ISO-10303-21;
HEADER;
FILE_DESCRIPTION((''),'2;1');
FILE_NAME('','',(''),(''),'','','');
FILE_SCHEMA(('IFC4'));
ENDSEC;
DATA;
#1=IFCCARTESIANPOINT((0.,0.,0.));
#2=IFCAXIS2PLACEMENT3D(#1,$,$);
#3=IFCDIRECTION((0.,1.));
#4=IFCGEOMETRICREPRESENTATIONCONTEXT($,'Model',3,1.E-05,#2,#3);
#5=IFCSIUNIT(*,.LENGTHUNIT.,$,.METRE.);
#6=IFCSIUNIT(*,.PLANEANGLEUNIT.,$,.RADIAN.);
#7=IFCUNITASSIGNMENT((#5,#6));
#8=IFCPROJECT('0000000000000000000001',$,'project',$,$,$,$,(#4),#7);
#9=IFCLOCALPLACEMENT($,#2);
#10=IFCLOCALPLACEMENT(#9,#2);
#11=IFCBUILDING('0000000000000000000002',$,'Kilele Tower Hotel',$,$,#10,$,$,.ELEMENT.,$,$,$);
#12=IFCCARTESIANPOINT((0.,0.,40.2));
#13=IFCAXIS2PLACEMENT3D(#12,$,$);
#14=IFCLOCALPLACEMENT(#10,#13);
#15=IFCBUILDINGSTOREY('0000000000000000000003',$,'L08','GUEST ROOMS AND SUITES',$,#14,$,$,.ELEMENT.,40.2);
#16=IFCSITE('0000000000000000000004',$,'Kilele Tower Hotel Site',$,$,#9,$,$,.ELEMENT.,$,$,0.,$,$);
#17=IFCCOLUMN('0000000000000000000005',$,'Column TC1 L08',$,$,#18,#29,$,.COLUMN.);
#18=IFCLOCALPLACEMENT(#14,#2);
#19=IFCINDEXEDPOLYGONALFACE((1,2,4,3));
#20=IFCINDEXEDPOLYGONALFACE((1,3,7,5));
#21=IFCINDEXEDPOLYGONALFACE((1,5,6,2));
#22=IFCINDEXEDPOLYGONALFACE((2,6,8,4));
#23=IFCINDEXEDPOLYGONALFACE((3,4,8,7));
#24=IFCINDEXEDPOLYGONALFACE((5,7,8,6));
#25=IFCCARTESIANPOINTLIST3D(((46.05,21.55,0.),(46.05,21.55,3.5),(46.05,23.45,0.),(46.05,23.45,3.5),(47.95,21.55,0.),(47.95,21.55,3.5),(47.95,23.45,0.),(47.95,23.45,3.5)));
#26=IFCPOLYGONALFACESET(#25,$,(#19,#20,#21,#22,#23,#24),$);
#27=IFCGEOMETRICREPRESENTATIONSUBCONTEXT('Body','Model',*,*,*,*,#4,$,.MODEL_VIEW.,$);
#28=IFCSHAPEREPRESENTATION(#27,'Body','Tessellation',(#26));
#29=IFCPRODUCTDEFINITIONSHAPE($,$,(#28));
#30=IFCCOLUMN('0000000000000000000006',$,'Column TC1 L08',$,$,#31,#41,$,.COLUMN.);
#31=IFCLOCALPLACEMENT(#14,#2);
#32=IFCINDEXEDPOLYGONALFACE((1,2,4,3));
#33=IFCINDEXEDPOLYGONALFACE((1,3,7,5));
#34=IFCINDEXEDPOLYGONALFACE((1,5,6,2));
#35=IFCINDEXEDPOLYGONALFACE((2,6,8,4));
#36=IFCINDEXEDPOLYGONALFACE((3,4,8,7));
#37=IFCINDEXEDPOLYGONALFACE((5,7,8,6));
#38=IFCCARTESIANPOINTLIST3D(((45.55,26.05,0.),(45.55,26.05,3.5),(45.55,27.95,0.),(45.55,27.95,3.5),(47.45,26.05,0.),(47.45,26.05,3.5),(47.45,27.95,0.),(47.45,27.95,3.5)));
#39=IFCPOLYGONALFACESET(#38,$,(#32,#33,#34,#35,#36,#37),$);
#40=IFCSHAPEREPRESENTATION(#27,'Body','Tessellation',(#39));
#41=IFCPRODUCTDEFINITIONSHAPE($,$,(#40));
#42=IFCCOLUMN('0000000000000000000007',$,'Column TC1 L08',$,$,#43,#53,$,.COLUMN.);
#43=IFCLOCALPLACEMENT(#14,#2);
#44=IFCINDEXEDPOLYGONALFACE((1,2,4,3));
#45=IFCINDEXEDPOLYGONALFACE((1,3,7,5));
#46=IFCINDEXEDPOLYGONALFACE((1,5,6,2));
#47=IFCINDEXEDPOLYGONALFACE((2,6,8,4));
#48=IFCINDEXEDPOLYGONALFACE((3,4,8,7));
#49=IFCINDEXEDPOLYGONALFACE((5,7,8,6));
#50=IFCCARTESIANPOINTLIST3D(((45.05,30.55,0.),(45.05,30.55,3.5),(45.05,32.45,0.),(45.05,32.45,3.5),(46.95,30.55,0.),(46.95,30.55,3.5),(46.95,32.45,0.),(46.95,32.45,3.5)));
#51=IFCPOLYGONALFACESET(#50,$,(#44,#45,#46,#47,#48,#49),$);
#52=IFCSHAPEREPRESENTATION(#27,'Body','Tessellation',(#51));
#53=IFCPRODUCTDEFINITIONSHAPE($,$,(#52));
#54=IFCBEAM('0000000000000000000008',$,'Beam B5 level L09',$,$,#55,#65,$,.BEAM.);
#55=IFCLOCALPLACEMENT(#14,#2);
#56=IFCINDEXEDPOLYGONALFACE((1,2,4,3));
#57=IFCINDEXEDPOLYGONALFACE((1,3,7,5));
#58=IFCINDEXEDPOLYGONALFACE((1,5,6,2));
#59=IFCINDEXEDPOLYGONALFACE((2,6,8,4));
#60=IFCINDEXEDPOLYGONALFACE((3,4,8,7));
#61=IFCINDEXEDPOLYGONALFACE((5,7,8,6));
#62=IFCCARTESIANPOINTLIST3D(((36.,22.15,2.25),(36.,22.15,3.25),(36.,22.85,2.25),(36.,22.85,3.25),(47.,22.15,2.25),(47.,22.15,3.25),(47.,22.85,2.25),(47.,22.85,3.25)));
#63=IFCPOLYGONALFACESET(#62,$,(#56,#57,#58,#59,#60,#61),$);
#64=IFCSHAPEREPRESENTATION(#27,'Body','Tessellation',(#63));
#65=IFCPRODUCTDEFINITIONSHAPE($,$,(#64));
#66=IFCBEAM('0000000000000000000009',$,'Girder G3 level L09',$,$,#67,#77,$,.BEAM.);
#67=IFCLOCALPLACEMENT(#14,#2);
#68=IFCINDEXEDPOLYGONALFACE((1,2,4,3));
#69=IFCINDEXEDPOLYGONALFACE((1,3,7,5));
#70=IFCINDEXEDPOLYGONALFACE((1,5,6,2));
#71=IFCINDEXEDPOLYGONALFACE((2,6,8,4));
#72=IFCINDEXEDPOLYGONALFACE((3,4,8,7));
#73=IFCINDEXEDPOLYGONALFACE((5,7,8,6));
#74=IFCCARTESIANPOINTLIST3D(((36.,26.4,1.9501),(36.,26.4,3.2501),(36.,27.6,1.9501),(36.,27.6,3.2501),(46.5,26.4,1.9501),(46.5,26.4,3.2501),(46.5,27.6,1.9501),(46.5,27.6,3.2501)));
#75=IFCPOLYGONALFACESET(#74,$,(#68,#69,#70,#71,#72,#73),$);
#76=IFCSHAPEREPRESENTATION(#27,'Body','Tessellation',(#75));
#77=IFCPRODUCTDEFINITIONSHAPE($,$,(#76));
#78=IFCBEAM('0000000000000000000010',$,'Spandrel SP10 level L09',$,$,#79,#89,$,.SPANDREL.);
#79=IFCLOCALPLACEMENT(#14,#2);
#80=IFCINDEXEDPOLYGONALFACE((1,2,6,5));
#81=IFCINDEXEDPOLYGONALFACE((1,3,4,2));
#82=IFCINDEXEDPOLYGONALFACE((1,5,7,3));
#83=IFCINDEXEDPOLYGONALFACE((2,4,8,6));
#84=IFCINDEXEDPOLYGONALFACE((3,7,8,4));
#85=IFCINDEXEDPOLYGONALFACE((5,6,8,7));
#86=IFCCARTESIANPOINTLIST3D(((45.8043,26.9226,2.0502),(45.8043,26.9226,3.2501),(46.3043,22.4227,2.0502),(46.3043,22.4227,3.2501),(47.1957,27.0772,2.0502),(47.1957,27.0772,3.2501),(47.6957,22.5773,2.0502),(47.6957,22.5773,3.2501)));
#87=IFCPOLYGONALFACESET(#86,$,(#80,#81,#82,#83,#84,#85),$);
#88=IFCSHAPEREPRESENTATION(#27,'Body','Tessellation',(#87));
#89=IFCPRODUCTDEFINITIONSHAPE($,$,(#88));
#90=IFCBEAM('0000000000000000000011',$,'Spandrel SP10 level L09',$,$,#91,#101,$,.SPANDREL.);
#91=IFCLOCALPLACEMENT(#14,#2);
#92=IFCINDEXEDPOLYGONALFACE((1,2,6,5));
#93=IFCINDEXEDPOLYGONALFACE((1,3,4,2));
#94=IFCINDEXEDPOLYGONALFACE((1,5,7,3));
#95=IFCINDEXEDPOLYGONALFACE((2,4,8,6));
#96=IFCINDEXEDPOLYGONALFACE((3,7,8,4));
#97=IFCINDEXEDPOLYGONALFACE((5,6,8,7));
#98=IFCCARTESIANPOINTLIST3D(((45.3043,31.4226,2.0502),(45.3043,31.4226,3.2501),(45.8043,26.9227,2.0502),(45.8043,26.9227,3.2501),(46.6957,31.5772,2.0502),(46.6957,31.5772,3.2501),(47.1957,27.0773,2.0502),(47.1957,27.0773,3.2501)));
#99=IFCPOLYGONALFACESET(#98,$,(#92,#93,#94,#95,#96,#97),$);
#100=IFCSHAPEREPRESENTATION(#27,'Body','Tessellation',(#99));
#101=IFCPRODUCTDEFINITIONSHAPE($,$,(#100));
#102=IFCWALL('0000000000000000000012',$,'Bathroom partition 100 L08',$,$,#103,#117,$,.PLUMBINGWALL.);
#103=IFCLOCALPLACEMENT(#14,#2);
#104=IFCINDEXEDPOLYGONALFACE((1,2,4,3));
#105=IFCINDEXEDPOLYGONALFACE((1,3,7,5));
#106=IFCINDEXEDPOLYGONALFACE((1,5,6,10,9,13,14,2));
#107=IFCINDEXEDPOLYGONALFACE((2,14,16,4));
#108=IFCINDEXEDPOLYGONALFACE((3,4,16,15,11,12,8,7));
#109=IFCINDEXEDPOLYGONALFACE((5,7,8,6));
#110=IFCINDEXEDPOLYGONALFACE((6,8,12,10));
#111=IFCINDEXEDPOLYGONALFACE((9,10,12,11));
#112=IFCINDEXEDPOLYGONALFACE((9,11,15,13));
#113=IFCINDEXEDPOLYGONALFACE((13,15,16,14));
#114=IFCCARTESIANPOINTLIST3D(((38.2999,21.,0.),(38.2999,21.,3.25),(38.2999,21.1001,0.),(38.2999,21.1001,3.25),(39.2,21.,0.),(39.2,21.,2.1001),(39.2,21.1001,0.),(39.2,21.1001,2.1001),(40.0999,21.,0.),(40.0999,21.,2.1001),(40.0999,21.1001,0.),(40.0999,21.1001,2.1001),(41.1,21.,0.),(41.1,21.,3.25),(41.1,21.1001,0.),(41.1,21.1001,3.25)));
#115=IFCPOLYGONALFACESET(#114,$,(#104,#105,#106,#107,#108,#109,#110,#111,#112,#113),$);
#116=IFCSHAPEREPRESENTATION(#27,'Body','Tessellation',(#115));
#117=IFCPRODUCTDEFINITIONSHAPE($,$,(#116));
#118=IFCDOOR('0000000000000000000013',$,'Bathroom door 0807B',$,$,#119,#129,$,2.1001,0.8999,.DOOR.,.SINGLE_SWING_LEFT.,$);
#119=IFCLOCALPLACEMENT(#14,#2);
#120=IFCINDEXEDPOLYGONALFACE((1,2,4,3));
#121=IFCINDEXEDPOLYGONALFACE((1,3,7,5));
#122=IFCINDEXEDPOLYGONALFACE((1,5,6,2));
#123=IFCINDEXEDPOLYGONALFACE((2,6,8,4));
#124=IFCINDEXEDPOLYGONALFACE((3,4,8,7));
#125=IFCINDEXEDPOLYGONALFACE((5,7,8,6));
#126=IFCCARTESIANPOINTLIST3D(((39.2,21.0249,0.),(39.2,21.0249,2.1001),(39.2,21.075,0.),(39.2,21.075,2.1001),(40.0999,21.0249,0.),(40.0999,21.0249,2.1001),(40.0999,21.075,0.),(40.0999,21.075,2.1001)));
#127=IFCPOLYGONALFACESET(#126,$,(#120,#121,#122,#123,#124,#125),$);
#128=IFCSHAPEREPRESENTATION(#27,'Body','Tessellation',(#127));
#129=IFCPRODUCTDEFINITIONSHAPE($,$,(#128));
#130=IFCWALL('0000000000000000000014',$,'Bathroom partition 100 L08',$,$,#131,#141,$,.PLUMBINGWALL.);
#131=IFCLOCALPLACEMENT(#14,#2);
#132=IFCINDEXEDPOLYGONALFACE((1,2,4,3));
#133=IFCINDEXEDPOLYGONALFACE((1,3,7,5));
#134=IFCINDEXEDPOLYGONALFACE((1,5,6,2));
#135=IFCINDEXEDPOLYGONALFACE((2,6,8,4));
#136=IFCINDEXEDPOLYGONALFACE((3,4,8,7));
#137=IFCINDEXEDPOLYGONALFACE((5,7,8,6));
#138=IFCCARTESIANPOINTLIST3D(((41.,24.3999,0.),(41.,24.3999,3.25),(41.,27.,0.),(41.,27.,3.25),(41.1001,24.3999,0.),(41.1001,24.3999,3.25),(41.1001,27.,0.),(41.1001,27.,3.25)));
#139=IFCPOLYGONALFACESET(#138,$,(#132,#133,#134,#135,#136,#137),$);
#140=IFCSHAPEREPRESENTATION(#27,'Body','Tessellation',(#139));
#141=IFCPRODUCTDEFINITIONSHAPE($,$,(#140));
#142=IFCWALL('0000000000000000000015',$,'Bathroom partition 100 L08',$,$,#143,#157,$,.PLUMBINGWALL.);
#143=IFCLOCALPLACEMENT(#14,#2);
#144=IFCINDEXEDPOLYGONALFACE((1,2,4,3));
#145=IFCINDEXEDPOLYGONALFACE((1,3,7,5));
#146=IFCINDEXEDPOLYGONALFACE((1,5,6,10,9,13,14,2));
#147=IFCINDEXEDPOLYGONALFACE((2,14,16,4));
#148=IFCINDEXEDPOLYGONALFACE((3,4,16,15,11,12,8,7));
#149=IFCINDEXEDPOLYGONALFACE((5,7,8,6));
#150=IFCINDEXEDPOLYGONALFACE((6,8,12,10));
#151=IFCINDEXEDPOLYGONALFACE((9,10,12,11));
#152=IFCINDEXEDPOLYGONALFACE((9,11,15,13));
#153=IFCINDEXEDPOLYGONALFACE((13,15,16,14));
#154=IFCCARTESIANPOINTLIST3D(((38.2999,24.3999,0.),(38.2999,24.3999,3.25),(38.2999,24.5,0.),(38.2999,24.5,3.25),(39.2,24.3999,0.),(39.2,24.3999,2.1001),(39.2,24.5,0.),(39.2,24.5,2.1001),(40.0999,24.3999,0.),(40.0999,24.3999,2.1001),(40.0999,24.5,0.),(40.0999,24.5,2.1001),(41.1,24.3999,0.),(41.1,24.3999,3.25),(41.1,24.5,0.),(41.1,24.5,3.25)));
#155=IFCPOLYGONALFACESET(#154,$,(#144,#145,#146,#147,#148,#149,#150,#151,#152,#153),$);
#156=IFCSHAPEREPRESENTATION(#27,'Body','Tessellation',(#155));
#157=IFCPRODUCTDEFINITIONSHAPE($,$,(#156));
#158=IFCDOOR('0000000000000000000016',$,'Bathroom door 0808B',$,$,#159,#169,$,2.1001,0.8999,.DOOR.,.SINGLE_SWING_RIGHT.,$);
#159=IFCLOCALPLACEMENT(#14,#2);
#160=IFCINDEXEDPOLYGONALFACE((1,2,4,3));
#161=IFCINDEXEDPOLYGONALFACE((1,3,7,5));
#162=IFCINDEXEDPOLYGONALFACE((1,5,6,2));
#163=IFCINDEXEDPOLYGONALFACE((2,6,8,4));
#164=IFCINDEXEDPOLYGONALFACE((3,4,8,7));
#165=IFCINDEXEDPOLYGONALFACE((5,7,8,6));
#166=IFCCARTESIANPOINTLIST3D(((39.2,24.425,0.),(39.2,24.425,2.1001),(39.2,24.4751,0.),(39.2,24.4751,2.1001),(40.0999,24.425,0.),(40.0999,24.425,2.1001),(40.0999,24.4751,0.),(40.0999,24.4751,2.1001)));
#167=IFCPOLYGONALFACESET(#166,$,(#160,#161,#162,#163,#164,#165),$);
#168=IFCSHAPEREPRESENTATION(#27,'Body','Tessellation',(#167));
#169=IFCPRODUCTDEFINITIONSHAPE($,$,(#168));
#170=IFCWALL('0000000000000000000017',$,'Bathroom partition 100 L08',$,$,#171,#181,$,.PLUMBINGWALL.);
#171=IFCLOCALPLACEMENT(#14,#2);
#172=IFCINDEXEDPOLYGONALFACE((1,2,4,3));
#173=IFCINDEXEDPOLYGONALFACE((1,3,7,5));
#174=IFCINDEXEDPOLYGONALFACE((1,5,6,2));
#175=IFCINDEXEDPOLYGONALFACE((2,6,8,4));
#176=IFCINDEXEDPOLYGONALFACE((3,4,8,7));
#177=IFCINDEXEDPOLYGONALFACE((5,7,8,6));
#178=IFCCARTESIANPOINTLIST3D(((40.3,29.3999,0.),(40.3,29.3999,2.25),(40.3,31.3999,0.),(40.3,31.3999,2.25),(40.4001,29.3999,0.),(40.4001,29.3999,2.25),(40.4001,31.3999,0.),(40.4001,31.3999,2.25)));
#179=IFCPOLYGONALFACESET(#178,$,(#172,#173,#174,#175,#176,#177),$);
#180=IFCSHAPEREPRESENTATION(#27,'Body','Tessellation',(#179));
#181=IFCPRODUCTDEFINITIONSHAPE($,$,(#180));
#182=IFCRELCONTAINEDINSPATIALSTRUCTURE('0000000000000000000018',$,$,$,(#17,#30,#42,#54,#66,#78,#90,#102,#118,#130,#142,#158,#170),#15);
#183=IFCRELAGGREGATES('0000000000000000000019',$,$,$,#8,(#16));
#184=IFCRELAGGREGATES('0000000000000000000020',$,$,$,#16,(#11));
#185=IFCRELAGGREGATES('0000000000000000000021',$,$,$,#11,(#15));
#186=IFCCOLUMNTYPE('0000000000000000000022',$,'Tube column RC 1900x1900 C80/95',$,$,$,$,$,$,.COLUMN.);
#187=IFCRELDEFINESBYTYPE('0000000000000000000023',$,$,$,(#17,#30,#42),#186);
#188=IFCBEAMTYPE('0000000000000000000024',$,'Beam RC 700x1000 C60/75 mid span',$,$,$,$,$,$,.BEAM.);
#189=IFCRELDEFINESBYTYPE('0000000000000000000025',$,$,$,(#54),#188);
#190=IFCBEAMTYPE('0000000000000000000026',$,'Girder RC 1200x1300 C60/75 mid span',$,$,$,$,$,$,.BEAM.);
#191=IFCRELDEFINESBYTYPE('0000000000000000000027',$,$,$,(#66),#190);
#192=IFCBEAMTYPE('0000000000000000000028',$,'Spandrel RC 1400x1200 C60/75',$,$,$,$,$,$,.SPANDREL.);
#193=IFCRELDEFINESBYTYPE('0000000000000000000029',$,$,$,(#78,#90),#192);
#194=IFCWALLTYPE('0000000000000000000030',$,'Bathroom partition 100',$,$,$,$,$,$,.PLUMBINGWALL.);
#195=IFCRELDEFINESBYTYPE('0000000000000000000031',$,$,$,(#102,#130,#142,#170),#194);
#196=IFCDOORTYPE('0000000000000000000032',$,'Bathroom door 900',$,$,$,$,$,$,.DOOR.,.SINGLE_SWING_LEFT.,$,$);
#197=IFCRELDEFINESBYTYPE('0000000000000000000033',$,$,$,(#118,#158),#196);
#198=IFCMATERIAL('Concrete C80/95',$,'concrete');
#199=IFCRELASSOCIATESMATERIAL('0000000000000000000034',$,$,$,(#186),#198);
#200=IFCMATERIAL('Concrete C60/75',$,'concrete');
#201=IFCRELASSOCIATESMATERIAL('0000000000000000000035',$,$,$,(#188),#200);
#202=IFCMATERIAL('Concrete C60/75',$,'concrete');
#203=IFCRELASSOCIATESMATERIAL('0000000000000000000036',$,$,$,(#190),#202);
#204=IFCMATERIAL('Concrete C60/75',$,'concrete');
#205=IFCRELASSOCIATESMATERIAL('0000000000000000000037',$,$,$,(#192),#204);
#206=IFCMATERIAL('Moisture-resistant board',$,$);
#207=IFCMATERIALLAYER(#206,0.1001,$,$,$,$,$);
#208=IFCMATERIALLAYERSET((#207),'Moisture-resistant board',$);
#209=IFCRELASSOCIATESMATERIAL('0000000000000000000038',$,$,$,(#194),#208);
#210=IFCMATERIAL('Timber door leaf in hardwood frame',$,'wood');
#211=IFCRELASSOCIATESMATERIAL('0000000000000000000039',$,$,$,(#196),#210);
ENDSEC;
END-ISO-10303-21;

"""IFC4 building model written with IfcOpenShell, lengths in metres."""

from ifc_helpers import new_model, si_unit, direction, frame, frame_2d, origin, origin_2d, place, context, subcontext, project, spatial, rectangle, extrude, material, layer, layer_set, material_profile, profile_set, type_object, element, fill, save


model = new_model("IFC4")

# Units and contexts
model_context = context("Model", 3, precision=1e-05, world=origin(), true_north=direction((0.0, 1.0)))
body_context = subcontext(model_context, "Body", "Model", "MODEL_VIEW")
ifc_project = project(units=[si_unit("LENGTHUNIT", "METRE"), si_unit("PLANEANGLEUNIT", "RADIAN")], contexts=[model_context])

# Site, building, storey
site_placement = place(None, origin())
site = spatial("IfcSite", under=ifc_project, at=site_placement, Name="Kilele Tower Hotel Site", CompositionType="ELEMENT", RefElevation=0.0)
building_placement = place(site_placement, origin())
building = spatial("IfcBuilding", under=site, at=building_placement, Name="Kilele Tower Hotel", CompositionType="ELEMENT")
storey_placement = place(building_placement, frame((0.0, 0.0, 40.2)))
storey = spatial("IfcBuildingStorey", under=building, at=storey_placement, Name="L08", Description="GUEST ROOMS AND SUITES", CompositionType="ELEMENT", Elevation=40.2)

# Columns
ifc_material_1 = material(Name="Concrete C80/95", Category="concrete")
ifc_material_profile_1 = material_profile(ifc_material_1, rectangle(XDim=1.8999, YDim=1.8999, at=origin_2d()))
ifc_profile_set_1 = profile_set([ifc_material_profile_1], Name="Concrete C80/95")
column_type = type_object("IfcColumnType", Name="Tube column RC 1900x1900 C80/95", PredefinedType="COLUMN", material=ifc_profile_set_1)
for number, where, z_axis, x_axis, name in (
    (1, (47.0, 22.5, 0.0), (0.0, 0.0, 1.0), (1.0, 0.0, 0.0), "Column TC1 L08"),
    (2, (46.5, 27.0, 0.0), (0.0, 0.0, 1.0), (1.0, 0.0, 0.0), "Column TC1 L08"),
    (3, (46.0, 31.5, 0.0), (0.0, 0.0, 1.0), (1.0, 0.0, 0.0), "Column TC1 L08"),
):
    element("IfcColumn", number, at=place(storey_placement, frame(where, z_axis=z_axis, x_axis=x_axis)), inside=storey, type_object=column_type, Name=name, PredefinedType="COLUMN", context=body_context, shape_type="SweptSolid", body=[
        extrude(rectangle(XDim=1.8999, YDim=1.8999, at=origin_2d()), origin(), (0.0, 0.0, 1.0), 3.5),
    ])

# Beams
ifc_material_2 = material(Name="Concrete C60/75", Category="concrete")
ifc_material_profile_2 = material_profile(ifc_material_2, rectangle(XDim=0.7, YDim=1.0, at=origin_2d()))
ifc_profile_set_2 = profile_set([ifc_material_profile_2], Name="Concrete C60/75")
beam_type_1 = type_object("IfcBeamType", Name="Beam RC 700x1000 C60/75 mid span", PredefinedType="BEAM", material=ifc_profile_set_2)
beam_1_placement = place(storey_placement, frame((47.0, 22.5, 2.75), z_axis=(-1.0, 0.0, 0.0), x_axis=(0.0, -1.0, 0.0)))
element("IfcBeam", 4, at=beam_1_placement, inside=storey, type_object=beam_type_1, Name="Beam B5 level L09", PredefinedType="BEAM", context=body_context, shape_type="SweptSolid", body=[
    extrude(rectangle(XDim=0.7, YDim=1.0, at=origin_2d()), origin(), (0.0, 0.0, 1.0), 11.0),
])
ifc_material_3 = material(Name="Concrete C60/75", Category="concrete")
ifc_material_profile_3 = material_profile(ifc_material_3, rectangle(XDim=1.2, YDim=1.3, at=origin_2d()))
ifc_profile_set_3 = profile_set([ifc_material_profile_3], Name="Concrete C60/75")
beam_type_2 = type_object("IfcBeamType", Name="Girder RC 1200x1300 C60/75 mid span", PredefinedType="BEAM", material=ifc_profile_set_3)
beam_2_placement = place(storey_placement, frame((46.5, 27.0, 2.6001), z_axis=(-1.0, 0.0, 0.0), x_axis=(0.0, -1.0, 0.0)))
element("IfcBeam", 5, at=beam_2_placement, inside=storey, type_object=beam_type_2, Name="Girder G3 level L09", PredefinedType="BEAM", context=body_context, shape_type="SweptSolid", body=[
    extrude(rectangle(XDim=1.2, YDim=1.3, at=origin_2d()), origin(), (0.0, 0.0, 1.0), 10.5),
])
ifc_material_4 = material(Name="Concrete C60/75", Category="concrete")
ifc_material_profile_4 = material_profile(ifc_material_4, rectangle(XDim=1.3999, YDim=1.2, at=origin_2d()))
ifc_profile_set_4 = profile_set([ifc_material_profile_4], Name="Concrete C60/75")
beam_type_3 = type_object("IfcBeamType", Name="Spandrel RC 1400x1200 C60/75", PredefinedType="SPANDREL", material=ifc_profile_set_4)
for number, where, z_axis, x_axis, name in (
    (6, (47.0, 22.5, 2.6501), (-0.110432, 0.993884, 0.0), (-0.993884, -0.110432, 0.0), "Spandrel SP10 level L09"),
    (7, (46.5, 27.0, 2.6501), (-0.110432, 0.993884, 0.0), (-0.993884, -0.110432, 0.0), "Spandrel SP10 level L09"),
):
    element("IfcBeam", number, at=place(storey_placement, frame(where, z_axis=z_axis, x_axis=x_axis)), inside=storey, type_object=beam_type_3, Name=name, PredefinedType="SPANDREL", context=body_context, shape_type="SweptSolid", body=[
        extrude(rectangle(XDim=1.3999, YDim=1.2, at=origin_2d()), origin(), (0.0, 0.0, 1.0), 4.5276),
    ])

# Wall, opening, door
ifc_material_5 = material(Name="Moisture-resistant board")
ifc_layer_1 = layer(ifc_material_5, 0.1001)
ifc_layer_set_1 = layer_set([ifc_layer_1], Name="Moisture-resistant board")
wall_type_1 = type_object("IfcWallType", Name="Bathroom partition 100", PredefinedType="PLUMBINGWALL", material=ifc_layer_set_1)
wall_1_placement = place(storey_placement, frame((38.3, 21.05, 0.0), z_axis=(0.0, 0.0, 1.0), x_axis=(1.0, 0.0, 0.0)))
wall_1 = element("IfcWall", 8, at=wall_1_placement, inside=storey, type_object=wall_type_1, Name="Bathroom partition 100 L08", PredefinedType="PLUMBINGWALL", context=body_context, shape_type="SweptSolid", body=[
    extrude(rectangle(XDim=2.8, YDim=0.1001, at=frame_2d((1.3999, 0.0))), origin(), (0.0, 0.0, 1.0), 3.25),
])
opening_1_placement = place(wall_1_placement, frame((0.8999, 0.0, 0.0)))
opening_1 = element("IfcOpeningElement", 9, at=opening_1_placement, cuts=wall_1, PredefinedType="OPENING", context=body_context, shape_type="SweptSolid", body=[
    extrude(rectangle(XDim=0.8999, YDim=2.1001, at=frame_2d((0.45, 1.05))), frame((0.0, 0.0601, 0.0), z_axis=(0.0, -1.0, 0.0), x_axis=(1.0, 0.0, 0.0)), (0.0, 0.0, 1.0), 0.1201),
])
ifc_material_6 = material(Name="Timber door leaf in hardwood frame", Category="wood")
door_type_1 = type_object("IfcDoorType", Name="Bathroom door 900", OperationType="SINGLE_SWING_LEFT", PredefinedType="DOOR", material=ifc_material_6)
door_1_placement = place(opening_1_placement, origin())
door_1 = element("IfcDoor", 10, at=door_1_placement, inside=storey, type_object=door_type_1, Name="Bathroom door 0807B", OperationType="SINGLE_SWING_LEFT", OverallHeight=2.1001, OverallWidth=0.8999, PredefinedType="DOOR", context=body_context, shape_type="SweptSolid", body=[
    extrude(rectangle(XDim=0.8999, YDim=2.1001, at=frame_2d((0.45, 1.05))), frame((0.0, 0.0249, 0.0), z_axis=(0.0, -1.0, 0.0), x_axis=(1.0, 0.0, 0.0)), (0.0, 0.0, 1.0), 0.05),
])
fill(opening_1, door_1)

# Wall
wall_2_placement = place(storey_placement, frame((41.05, 24.3999, 0.0), z_axis=(0.0, 0.0, 1.0), x_axis=(0.0, 1.0, 0.0)))
element("IfcWall", 11, at=wall_2_placement, inside=storey, type_object=wall_type_1, Name="Bathroom partition 100 L08", PredefinedType="PLUMBINGWALL", context=body_context, shape_type="SweptSolid", body=[
    extrude(rectangle(XDim=2.6001, YDim=0.1001, at=frame_2d((1.3, 0.0))), origin(), (0.0, 0.0, 1.0), 3.25),
])

# Wall, opening, door
wall_3_placement = place(storey_placement, frame((38.3, 24.45, 0.0), z_axis=(0.0, 0.0, 1.0), x_axis=(1.0, 0.0, 0.0)))
wall_3 = element("IfcWall", 12, at=wall_3_placement, inside=storey, type_object=wall_type_1, Name="Bathroom partition 100 L08", PredefinedType="PLUMBINGWALL", context=body_context, shape_type="SweptSolid", body=[
    extrude(rectangle(XDim=2.8, YDim=0.1001, at=frame_2d((1.3999, 0.0))), origin(), (0.0, 0.0, 1.0), 3.25),
])
opening_2_placement = place(wall_3_placement, frame((1.7998, 0.0, 0.0), z_axis=(0.0, 0.0, 1.0), x_axis=(-1.0, 0.0, 0.0)))
opening_2 = element("IfcOpeningElement", 13, at=opening_2_placement, cuts=wall_3, PredefinedType="OPENING", context=body_context, shape_type="SweptSolid", body=[
    extrude(rectangle(XDim=0.8999, YDim=2.1001, at=frame_2d((0.45, 1.05))), frame((0.0, 0.0601, 0.0), z_axis=(0.0, -1.0, 0.0), x_axis=(1.0, 0.0, 0.0)), (0.0, 0.0, 1.0), 0.1201),
])
door_2_placement = place(opening_2_placement, origin())
door_2 = element("IfcDoor", 14, at=door_2_placement, inside=storey, type_object=door_type_1, Name="Bathroom door 0808B", OperationType="SINGLE_SWING_RIGHT", OverallHeight=2.1001, OverallWidth=0.8999, PredefinedType="DOOR", context=body_context, shape_type="SweptSolid", body=[
    extrude(rectangle(XDim=0.8999, YDim=2.1001, at=frame_2d((0.45, 1.05))), frame((0.0, 0.0249, 0.0), z_axis=(0.0, -1.0, 0.0), x_axis=(1.0, 0.0, 0.0)), (0.0, 0.0, 1.0), 0.05),
])
fill(opening_2, door_2)

# Wall
wall_4_placement = place(storey_placement, frame((40.3501, 31.3999, 0.0), z_axis=(0.0, 0.0, 1.0), x_axis=(0.0, -1.0, 0.0)))
element("IfcWall", 15, at=wall_4_placement, inside=storey, type_object=wall_type_1, Name="Bathroom partition 100 L08", PredefinedType="PLUMBINGWALL", context=body_context, shape_type="SweptSolid", body=[
    extrude(rectangle(XDim=2.0, YDim=0.1001, at=frame_2d((1.0, 0.0))), origin(), (0.0, 0.0, 1.0), 2.25),
])

save(model, "model.ifc")
